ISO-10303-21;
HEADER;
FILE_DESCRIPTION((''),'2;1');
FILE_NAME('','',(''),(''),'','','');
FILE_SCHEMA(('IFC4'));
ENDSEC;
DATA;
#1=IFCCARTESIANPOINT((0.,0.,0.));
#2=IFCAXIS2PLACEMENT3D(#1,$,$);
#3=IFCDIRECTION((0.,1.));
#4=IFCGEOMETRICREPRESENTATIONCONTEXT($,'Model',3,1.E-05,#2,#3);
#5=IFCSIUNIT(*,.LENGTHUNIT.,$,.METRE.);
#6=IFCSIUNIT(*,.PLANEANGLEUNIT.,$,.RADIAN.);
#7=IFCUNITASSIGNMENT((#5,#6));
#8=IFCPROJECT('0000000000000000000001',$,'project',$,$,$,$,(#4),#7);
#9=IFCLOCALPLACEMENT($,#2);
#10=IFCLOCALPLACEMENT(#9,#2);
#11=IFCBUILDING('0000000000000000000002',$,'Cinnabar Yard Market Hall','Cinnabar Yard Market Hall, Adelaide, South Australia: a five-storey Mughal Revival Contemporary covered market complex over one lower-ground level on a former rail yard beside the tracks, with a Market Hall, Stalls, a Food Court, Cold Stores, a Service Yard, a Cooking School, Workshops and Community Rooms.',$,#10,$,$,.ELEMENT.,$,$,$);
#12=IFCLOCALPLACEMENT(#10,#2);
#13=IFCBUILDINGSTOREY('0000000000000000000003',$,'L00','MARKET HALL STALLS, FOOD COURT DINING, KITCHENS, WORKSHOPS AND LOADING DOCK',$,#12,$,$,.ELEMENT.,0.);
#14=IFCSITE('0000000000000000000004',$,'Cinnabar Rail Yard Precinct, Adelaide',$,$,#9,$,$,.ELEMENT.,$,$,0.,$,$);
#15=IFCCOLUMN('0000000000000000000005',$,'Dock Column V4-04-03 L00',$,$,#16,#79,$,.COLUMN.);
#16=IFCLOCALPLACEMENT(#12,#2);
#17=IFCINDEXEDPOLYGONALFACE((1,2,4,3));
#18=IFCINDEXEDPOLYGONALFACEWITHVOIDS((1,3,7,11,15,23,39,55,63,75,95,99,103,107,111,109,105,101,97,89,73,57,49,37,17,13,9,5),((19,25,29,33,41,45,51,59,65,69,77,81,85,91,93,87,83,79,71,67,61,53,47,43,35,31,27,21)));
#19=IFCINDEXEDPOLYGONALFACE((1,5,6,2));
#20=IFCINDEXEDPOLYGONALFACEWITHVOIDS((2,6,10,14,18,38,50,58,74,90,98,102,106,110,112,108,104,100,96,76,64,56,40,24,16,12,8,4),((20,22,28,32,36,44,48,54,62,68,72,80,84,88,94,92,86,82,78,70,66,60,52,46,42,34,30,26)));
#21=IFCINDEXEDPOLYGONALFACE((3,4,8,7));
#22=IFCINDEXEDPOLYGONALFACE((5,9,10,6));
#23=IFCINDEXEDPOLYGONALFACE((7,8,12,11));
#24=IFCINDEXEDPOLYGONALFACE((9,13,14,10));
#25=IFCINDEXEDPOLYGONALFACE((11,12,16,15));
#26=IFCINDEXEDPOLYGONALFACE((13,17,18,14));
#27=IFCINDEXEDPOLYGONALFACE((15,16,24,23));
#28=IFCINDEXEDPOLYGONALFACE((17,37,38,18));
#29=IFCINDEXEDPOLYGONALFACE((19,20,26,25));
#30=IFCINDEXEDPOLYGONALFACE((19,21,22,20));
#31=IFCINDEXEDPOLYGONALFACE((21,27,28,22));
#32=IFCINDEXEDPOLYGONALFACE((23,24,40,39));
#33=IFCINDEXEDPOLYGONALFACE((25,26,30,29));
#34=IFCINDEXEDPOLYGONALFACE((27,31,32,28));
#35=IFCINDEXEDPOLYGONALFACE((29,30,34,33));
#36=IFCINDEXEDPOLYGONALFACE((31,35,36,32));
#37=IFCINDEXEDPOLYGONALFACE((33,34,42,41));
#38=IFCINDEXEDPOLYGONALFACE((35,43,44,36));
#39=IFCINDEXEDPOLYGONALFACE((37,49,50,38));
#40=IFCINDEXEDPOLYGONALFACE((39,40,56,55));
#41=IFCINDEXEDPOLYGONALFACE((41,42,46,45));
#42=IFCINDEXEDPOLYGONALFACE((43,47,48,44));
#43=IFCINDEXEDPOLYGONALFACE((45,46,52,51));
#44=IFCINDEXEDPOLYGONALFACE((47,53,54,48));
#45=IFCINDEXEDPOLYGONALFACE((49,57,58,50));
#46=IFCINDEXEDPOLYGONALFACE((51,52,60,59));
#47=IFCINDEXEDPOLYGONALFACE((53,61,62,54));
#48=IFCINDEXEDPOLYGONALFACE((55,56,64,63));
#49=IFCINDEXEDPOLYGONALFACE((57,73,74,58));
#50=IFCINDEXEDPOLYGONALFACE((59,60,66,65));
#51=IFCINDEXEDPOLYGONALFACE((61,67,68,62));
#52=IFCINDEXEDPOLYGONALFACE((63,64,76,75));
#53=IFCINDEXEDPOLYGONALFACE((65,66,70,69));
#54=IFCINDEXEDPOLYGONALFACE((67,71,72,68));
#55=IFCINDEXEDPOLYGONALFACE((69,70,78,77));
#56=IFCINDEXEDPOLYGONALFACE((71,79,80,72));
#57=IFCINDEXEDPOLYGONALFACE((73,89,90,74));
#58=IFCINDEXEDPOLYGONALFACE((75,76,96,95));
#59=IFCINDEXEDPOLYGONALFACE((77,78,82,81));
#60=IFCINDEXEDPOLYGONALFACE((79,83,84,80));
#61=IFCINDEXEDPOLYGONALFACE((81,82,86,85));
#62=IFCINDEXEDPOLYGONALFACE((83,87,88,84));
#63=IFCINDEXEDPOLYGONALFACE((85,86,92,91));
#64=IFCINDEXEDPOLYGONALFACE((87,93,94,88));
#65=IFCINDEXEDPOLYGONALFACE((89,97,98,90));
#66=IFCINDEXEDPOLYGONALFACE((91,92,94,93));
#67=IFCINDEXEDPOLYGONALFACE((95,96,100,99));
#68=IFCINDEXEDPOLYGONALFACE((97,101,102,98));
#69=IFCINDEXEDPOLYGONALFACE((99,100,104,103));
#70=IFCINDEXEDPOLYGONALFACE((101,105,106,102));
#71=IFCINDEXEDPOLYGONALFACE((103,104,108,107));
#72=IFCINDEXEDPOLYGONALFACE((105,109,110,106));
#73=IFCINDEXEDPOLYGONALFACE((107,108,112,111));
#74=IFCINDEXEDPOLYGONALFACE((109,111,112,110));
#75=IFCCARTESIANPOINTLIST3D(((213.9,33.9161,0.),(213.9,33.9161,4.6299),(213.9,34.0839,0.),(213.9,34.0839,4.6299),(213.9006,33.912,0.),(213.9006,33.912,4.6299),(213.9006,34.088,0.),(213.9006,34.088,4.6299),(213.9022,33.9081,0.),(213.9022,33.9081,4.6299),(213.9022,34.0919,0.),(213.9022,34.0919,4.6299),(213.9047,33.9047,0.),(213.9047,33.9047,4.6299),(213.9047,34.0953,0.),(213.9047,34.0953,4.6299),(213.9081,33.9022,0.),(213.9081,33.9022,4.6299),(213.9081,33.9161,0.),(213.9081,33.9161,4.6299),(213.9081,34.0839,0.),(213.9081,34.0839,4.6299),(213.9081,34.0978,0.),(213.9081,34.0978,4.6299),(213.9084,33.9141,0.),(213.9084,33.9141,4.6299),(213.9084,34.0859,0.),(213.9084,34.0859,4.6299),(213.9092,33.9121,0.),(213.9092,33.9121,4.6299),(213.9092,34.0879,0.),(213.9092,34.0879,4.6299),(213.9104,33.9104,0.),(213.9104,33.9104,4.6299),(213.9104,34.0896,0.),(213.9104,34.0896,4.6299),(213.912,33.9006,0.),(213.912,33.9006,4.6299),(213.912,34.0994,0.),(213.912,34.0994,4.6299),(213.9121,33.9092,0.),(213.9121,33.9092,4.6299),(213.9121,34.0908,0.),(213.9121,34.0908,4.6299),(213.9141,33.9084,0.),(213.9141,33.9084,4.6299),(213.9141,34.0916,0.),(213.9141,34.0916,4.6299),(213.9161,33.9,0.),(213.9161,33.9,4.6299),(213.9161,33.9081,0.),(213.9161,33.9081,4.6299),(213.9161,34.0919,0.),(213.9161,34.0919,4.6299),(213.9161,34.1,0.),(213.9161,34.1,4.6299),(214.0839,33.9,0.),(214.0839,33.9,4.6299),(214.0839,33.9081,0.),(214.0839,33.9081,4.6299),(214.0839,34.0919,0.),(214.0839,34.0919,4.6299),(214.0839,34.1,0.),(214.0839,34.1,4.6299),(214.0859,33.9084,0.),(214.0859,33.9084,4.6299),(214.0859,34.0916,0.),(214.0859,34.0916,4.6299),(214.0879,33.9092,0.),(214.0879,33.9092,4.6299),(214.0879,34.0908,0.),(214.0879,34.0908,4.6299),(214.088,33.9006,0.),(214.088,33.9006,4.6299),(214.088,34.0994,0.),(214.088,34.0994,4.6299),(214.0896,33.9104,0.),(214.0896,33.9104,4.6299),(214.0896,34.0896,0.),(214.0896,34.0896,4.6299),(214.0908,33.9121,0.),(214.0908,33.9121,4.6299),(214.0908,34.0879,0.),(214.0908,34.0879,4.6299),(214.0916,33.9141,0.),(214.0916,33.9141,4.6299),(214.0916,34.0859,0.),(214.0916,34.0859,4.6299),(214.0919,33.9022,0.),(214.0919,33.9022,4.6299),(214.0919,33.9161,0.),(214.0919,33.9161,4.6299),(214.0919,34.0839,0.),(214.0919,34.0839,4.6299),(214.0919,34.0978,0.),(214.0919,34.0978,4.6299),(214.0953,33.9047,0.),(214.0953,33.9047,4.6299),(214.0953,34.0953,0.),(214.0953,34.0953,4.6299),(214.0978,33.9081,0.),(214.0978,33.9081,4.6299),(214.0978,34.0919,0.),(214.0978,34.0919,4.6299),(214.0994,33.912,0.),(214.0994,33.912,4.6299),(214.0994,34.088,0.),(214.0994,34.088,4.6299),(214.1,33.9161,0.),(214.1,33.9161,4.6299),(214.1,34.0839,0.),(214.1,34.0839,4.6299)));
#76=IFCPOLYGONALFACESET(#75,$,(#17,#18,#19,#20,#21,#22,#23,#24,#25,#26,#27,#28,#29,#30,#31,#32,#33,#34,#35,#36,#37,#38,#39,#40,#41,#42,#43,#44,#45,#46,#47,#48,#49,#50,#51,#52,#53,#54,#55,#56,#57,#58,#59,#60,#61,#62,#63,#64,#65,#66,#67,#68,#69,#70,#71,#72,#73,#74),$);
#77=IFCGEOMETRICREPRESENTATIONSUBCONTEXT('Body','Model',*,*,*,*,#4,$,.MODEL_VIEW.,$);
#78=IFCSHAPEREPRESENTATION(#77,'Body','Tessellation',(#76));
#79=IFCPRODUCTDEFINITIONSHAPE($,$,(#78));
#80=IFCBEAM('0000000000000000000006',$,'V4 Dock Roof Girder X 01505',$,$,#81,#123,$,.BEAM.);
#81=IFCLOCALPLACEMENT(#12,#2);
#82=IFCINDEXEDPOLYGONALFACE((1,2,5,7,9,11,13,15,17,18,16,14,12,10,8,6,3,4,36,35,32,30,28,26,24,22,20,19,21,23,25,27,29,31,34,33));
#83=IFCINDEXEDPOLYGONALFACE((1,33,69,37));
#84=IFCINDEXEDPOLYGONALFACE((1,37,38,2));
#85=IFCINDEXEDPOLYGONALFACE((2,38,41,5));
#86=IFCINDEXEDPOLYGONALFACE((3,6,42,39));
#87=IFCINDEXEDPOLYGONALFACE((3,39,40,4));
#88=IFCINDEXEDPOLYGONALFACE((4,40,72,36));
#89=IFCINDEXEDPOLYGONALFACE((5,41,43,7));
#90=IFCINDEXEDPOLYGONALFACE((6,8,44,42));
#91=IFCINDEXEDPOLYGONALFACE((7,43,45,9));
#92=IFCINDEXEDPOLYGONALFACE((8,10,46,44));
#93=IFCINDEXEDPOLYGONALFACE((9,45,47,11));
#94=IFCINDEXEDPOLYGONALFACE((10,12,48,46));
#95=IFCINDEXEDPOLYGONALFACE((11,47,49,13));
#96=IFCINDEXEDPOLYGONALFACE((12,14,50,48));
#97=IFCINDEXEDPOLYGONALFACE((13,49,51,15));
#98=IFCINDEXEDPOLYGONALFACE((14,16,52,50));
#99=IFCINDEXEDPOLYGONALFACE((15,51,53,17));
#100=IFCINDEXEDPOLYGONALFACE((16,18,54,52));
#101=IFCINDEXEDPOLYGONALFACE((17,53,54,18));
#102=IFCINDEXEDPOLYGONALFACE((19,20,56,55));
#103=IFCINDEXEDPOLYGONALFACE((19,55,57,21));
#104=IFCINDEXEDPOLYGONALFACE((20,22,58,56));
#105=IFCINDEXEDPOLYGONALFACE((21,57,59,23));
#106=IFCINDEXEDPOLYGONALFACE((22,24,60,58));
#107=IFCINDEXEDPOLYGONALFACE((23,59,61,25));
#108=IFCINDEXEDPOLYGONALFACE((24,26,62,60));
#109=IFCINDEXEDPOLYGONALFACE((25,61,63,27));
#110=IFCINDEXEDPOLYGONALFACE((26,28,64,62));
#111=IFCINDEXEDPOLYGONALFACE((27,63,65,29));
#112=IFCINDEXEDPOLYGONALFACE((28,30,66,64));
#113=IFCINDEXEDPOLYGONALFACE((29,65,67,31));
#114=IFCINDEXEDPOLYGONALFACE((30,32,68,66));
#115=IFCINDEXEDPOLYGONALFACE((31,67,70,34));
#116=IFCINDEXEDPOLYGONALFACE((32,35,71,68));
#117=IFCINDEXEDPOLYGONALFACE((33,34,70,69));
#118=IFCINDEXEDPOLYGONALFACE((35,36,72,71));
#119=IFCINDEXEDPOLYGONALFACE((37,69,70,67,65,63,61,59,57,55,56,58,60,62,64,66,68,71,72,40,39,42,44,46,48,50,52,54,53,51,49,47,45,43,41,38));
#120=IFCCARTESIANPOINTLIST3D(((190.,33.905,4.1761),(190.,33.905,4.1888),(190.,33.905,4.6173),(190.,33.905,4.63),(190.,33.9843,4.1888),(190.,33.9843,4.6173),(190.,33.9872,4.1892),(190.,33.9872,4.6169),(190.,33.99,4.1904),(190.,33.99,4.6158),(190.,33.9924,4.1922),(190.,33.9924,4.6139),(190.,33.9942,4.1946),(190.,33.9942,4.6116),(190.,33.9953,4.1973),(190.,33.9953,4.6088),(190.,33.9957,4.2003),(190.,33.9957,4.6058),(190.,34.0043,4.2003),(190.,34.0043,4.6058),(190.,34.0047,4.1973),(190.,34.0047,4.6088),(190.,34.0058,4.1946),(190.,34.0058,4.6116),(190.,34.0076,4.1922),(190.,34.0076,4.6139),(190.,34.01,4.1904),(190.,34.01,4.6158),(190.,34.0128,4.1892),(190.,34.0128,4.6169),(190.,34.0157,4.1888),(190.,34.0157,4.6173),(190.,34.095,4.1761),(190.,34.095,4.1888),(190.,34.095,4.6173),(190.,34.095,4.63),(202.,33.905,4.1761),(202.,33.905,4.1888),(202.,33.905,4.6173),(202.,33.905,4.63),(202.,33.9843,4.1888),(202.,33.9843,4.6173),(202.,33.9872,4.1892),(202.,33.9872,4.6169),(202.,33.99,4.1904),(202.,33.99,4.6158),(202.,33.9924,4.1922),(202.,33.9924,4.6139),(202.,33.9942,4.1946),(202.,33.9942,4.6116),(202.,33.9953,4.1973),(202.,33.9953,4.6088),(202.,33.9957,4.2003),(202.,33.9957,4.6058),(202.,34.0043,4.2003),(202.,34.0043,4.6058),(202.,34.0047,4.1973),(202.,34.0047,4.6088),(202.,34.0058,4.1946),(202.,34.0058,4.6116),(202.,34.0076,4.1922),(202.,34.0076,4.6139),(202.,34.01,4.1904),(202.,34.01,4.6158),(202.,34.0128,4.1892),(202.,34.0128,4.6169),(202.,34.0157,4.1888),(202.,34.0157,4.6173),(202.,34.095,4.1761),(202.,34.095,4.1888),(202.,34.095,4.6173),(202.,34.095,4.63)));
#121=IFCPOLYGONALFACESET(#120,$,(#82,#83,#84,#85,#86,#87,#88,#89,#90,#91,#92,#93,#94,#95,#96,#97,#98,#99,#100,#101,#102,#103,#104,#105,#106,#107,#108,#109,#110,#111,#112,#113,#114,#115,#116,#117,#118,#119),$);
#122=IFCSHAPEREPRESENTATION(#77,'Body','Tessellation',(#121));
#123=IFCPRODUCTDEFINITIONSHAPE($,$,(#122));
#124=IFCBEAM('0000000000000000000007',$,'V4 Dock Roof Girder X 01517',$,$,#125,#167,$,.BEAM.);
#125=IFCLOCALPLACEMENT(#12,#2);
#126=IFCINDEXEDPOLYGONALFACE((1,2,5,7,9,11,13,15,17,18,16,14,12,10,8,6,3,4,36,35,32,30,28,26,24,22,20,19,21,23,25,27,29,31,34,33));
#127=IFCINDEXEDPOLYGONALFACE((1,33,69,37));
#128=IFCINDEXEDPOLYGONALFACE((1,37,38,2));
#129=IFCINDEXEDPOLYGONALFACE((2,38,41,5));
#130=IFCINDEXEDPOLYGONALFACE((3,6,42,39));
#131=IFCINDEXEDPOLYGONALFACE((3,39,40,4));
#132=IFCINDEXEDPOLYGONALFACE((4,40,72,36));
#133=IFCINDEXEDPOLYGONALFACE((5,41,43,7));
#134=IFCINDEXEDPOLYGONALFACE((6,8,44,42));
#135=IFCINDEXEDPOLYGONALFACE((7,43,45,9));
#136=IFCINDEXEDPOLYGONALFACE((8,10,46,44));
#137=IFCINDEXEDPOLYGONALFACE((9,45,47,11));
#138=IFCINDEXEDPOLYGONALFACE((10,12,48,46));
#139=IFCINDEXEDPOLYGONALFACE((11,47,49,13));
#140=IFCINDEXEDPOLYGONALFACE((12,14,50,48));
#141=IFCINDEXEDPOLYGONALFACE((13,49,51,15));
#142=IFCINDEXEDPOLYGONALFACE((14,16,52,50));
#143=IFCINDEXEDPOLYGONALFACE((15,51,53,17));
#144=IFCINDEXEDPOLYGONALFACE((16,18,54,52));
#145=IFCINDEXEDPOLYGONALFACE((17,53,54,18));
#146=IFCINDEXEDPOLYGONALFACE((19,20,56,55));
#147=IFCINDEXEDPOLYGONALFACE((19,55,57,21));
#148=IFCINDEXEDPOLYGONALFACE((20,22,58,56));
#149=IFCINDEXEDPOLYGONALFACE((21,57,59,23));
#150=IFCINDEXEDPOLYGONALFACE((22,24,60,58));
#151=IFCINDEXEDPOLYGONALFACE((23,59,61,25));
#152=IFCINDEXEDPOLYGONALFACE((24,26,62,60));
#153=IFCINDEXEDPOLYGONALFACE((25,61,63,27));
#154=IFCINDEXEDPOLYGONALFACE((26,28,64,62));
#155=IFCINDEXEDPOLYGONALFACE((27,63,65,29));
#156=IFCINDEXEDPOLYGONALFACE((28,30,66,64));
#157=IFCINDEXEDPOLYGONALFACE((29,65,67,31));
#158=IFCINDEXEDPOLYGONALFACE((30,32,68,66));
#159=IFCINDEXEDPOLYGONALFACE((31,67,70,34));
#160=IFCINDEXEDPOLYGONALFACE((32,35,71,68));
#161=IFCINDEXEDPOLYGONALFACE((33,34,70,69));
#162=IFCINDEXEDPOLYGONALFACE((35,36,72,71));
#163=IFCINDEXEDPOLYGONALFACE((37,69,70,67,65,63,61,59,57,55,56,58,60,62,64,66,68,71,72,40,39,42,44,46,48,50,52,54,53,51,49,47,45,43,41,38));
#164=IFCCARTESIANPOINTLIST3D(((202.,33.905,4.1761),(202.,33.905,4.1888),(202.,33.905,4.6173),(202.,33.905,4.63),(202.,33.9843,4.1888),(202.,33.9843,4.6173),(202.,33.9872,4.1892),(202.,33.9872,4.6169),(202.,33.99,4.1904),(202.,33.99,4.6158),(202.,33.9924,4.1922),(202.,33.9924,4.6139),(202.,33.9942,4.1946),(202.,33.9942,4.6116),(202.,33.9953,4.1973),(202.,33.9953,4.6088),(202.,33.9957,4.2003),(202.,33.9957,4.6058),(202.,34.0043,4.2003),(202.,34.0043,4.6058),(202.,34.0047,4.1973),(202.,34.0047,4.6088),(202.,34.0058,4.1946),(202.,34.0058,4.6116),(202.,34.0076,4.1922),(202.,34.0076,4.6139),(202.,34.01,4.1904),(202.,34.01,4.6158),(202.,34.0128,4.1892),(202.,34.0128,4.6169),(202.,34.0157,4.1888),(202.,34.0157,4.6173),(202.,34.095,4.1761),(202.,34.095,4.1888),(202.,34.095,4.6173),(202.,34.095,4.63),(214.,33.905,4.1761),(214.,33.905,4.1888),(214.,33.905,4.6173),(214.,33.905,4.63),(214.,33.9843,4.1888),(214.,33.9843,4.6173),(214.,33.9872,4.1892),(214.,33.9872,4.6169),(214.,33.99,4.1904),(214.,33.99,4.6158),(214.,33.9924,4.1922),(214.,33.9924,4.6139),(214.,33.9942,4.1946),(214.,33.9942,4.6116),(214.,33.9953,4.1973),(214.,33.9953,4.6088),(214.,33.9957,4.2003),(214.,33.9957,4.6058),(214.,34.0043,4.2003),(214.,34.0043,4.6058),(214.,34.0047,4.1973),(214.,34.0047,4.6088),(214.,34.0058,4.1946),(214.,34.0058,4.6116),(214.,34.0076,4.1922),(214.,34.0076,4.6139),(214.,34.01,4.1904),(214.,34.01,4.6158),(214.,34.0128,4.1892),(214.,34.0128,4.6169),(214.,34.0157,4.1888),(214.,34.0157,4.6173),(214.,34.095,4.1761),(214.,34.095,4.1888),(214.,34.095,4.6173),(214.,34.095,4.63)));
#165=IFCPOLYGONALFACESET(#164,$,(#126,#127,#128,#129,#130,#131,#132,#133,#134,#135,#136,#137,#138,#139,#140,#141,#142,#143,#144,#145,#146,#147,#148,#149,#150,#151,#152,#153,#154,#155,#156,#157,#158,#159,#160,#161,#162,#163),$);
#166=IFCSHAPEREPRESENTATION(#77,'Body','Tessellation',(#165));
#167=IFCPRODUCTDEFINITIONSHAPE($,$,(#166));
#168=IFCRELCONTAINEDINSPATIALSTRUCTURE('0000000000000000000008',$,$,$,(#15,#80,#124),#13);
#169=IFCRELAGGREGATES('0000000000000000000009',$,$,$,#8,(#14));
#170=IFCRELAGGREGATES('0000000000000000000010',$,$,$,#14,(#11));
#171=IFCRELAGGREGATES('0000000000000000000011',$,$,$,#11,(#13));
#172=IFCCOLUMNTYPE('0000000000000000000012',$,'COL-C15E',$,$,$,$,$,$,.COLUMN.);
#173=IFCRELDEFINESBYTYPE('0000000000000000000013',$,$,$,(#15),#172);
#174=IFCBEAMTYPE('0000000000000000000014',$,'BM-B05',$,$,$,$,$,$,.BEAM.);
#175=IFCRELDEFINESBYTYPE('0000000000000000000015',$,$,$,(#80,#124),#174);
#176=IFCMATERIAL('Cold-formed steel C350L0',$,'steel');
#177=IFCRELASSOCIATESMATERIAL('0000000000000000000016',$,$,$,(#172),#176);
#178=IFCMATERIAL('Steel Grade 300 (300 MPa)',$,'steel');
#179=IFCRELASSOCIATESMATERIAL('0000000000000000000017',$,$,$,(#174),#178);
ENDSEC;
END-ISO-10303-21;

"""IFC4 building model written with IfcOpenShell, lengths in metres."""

from ifc_helpers import new_model, si_unit, direction, frame, origin, origin_2d_with_axis, place, context, subcontext, project, spatial, hollow_rectangle, i_section, extrude, material, material_profile, profile_set, type_object, element, save


model = new_model("IFC4")

# Units and contexts
model_context = context("Model", 3, precision=1e-05, world=origin(), true_north=direction((0.0, 1.0)))
body_context = subcontext(model_context, "Body", "Model", "MODEL_VIEW")
ifc_project = project(units=[si_unit("LENGTHUNIT", "METRE"), si_unit("PLANEANGLEUNIT", "RADIAN")], contexts=[model_context])

# Site, building, storey
site_placement = place(None, origin())
site = spatial("IfcSite", under=ifc_project, at=site_placement, Name="Cinnabar Rail Yard Precinct, Adelaide", CompositionType="ELEMENT", RefElevation=0.0)
building_placement = place(site_placement, origin())
building = spatial("IfcBuilding", under=site, at=building_placement, Name="Cinnabar Yard Market Hall", Description="Cinnabar Yard Market Hall, Adelaide, South Australia: a five-storey Mughal Revival Contemporary covered market complex over one lower-ground level on a former rail yard beside the tracks, with a Market Hall, Stalls, a Food Court, Cold Stores, a Service Yard, a Cooking School, Workshops and Community Rooms.", CompositionType="ELEMENT")
storey_placement = place(building_placement, origin())
storey = spatial("IfcBuildingStorey", under=building, at=storey_placement, Name="L00", Description="MARKET HALL STALLS, FOOD COURT DINING, KITCHENS, WORKSHOPS AND LOADING DOCK", CompositionType="ELEMENT", Elevation=0.0)

# Column
ifc_material_1 = material(Name="Cold-formed steel C350L0", Category="steel")
ifc_material_profile_1 = material_profile(ifc_material_1, hollow_rectangle(XDim=0.2, YDim=0.2, WallThickness=0.0081, InnerFilletRadius=0.0081, OuterFilletRadius=0.0161, at=origin_2d_with_axis()), Name="200x200x8.0SHS")
ifc_profile_set_1 = profile_set([ifc_material_profile_1], Name="Cold-formed steel C350L0")
column_type_1 = type_object("IfcColumnType", Name="COL-C15E", PredefinedType="COLUMN", material=ifc_profile_set_1)
column_placement = place(storey_placement, frame((214.0, 34.0, 0.0), z_axis=(0.0, 0.0, 1.0), x_axis=(1.0, 0.0, 0.0)))
element("IfcColumn", 1, at=column_placement, inside=storey, type_object=column_type_1, Name="Dock Column V4-04-03 L00", PredefinedType="COLUMN", context=body_context, shape_type="SweptSolid", body=[
    extrude(hollow_rectangle(XDim=0.2, YDim=0.2, WallThickness=0.0081, InnerFilletRadius=0.0081, OuterFilletRadius=0.0161, at=origin_2d_with_axis()), origin(), (0.0, 0.0, 1.0), 4.6299),
])

# Beams
ifc_material_2 = material(Name="Steel Grade 300 (300 MPa)", Category="steel")
ifc_material_profile_2 = material_profile(ifc_material_2, i_section(OverallWidth=0.1899, OverallDepth=0.4539, WebThickness=0.0085, FlangeThickness=0.0127, FilletRadius=0.0115, at=origin_2d_with_axis()), Name="460UB67.1")
ifc_profile_set_2 = profile_set([ifc_material_profile_2], Name="Steel Grade 300 (300 MPa)")
beam_type_1 = type_object("IfcBeamType", Name="BM-B05", PredefinedType="BEAM", material=ifc_profile_set_2)
for number, where, z_axis, x_axis, name in (
    (2, (190.0, 34.0, 4.4031), (1.0, 0.0, 0.0), (0.0, 1.0, 0.0), "V4 Dock Roof Girder X 01505"),
    (3, (202.0, 34.0, 4.4031), (1.0, 0.0, 0.0), (0.0, 1.0, 0.0), "V4 Dock Roof Girder X 01517"),
):
    element("IfcBeam", number, at=place(storey_placement, frame(where, z_axis=z_axis, x_axis=x_axis)), inside=storey, type_object=beam_type_1, Name=name, PredefinedType="BEAM", context=body_context, shape_type="SweptSolid", body=[
        extrude(i_section(OverallWidth=0.1899, OverallDepth=0.4539, WebThickness=0.0085, FlangeThickness=0.0127, FilletRadius=0.0115, at=origin_2d_with_axis()), origin(), (0.0, 0.0, 1.0), 12.0),
    ])

save(model, "model.ifc")
